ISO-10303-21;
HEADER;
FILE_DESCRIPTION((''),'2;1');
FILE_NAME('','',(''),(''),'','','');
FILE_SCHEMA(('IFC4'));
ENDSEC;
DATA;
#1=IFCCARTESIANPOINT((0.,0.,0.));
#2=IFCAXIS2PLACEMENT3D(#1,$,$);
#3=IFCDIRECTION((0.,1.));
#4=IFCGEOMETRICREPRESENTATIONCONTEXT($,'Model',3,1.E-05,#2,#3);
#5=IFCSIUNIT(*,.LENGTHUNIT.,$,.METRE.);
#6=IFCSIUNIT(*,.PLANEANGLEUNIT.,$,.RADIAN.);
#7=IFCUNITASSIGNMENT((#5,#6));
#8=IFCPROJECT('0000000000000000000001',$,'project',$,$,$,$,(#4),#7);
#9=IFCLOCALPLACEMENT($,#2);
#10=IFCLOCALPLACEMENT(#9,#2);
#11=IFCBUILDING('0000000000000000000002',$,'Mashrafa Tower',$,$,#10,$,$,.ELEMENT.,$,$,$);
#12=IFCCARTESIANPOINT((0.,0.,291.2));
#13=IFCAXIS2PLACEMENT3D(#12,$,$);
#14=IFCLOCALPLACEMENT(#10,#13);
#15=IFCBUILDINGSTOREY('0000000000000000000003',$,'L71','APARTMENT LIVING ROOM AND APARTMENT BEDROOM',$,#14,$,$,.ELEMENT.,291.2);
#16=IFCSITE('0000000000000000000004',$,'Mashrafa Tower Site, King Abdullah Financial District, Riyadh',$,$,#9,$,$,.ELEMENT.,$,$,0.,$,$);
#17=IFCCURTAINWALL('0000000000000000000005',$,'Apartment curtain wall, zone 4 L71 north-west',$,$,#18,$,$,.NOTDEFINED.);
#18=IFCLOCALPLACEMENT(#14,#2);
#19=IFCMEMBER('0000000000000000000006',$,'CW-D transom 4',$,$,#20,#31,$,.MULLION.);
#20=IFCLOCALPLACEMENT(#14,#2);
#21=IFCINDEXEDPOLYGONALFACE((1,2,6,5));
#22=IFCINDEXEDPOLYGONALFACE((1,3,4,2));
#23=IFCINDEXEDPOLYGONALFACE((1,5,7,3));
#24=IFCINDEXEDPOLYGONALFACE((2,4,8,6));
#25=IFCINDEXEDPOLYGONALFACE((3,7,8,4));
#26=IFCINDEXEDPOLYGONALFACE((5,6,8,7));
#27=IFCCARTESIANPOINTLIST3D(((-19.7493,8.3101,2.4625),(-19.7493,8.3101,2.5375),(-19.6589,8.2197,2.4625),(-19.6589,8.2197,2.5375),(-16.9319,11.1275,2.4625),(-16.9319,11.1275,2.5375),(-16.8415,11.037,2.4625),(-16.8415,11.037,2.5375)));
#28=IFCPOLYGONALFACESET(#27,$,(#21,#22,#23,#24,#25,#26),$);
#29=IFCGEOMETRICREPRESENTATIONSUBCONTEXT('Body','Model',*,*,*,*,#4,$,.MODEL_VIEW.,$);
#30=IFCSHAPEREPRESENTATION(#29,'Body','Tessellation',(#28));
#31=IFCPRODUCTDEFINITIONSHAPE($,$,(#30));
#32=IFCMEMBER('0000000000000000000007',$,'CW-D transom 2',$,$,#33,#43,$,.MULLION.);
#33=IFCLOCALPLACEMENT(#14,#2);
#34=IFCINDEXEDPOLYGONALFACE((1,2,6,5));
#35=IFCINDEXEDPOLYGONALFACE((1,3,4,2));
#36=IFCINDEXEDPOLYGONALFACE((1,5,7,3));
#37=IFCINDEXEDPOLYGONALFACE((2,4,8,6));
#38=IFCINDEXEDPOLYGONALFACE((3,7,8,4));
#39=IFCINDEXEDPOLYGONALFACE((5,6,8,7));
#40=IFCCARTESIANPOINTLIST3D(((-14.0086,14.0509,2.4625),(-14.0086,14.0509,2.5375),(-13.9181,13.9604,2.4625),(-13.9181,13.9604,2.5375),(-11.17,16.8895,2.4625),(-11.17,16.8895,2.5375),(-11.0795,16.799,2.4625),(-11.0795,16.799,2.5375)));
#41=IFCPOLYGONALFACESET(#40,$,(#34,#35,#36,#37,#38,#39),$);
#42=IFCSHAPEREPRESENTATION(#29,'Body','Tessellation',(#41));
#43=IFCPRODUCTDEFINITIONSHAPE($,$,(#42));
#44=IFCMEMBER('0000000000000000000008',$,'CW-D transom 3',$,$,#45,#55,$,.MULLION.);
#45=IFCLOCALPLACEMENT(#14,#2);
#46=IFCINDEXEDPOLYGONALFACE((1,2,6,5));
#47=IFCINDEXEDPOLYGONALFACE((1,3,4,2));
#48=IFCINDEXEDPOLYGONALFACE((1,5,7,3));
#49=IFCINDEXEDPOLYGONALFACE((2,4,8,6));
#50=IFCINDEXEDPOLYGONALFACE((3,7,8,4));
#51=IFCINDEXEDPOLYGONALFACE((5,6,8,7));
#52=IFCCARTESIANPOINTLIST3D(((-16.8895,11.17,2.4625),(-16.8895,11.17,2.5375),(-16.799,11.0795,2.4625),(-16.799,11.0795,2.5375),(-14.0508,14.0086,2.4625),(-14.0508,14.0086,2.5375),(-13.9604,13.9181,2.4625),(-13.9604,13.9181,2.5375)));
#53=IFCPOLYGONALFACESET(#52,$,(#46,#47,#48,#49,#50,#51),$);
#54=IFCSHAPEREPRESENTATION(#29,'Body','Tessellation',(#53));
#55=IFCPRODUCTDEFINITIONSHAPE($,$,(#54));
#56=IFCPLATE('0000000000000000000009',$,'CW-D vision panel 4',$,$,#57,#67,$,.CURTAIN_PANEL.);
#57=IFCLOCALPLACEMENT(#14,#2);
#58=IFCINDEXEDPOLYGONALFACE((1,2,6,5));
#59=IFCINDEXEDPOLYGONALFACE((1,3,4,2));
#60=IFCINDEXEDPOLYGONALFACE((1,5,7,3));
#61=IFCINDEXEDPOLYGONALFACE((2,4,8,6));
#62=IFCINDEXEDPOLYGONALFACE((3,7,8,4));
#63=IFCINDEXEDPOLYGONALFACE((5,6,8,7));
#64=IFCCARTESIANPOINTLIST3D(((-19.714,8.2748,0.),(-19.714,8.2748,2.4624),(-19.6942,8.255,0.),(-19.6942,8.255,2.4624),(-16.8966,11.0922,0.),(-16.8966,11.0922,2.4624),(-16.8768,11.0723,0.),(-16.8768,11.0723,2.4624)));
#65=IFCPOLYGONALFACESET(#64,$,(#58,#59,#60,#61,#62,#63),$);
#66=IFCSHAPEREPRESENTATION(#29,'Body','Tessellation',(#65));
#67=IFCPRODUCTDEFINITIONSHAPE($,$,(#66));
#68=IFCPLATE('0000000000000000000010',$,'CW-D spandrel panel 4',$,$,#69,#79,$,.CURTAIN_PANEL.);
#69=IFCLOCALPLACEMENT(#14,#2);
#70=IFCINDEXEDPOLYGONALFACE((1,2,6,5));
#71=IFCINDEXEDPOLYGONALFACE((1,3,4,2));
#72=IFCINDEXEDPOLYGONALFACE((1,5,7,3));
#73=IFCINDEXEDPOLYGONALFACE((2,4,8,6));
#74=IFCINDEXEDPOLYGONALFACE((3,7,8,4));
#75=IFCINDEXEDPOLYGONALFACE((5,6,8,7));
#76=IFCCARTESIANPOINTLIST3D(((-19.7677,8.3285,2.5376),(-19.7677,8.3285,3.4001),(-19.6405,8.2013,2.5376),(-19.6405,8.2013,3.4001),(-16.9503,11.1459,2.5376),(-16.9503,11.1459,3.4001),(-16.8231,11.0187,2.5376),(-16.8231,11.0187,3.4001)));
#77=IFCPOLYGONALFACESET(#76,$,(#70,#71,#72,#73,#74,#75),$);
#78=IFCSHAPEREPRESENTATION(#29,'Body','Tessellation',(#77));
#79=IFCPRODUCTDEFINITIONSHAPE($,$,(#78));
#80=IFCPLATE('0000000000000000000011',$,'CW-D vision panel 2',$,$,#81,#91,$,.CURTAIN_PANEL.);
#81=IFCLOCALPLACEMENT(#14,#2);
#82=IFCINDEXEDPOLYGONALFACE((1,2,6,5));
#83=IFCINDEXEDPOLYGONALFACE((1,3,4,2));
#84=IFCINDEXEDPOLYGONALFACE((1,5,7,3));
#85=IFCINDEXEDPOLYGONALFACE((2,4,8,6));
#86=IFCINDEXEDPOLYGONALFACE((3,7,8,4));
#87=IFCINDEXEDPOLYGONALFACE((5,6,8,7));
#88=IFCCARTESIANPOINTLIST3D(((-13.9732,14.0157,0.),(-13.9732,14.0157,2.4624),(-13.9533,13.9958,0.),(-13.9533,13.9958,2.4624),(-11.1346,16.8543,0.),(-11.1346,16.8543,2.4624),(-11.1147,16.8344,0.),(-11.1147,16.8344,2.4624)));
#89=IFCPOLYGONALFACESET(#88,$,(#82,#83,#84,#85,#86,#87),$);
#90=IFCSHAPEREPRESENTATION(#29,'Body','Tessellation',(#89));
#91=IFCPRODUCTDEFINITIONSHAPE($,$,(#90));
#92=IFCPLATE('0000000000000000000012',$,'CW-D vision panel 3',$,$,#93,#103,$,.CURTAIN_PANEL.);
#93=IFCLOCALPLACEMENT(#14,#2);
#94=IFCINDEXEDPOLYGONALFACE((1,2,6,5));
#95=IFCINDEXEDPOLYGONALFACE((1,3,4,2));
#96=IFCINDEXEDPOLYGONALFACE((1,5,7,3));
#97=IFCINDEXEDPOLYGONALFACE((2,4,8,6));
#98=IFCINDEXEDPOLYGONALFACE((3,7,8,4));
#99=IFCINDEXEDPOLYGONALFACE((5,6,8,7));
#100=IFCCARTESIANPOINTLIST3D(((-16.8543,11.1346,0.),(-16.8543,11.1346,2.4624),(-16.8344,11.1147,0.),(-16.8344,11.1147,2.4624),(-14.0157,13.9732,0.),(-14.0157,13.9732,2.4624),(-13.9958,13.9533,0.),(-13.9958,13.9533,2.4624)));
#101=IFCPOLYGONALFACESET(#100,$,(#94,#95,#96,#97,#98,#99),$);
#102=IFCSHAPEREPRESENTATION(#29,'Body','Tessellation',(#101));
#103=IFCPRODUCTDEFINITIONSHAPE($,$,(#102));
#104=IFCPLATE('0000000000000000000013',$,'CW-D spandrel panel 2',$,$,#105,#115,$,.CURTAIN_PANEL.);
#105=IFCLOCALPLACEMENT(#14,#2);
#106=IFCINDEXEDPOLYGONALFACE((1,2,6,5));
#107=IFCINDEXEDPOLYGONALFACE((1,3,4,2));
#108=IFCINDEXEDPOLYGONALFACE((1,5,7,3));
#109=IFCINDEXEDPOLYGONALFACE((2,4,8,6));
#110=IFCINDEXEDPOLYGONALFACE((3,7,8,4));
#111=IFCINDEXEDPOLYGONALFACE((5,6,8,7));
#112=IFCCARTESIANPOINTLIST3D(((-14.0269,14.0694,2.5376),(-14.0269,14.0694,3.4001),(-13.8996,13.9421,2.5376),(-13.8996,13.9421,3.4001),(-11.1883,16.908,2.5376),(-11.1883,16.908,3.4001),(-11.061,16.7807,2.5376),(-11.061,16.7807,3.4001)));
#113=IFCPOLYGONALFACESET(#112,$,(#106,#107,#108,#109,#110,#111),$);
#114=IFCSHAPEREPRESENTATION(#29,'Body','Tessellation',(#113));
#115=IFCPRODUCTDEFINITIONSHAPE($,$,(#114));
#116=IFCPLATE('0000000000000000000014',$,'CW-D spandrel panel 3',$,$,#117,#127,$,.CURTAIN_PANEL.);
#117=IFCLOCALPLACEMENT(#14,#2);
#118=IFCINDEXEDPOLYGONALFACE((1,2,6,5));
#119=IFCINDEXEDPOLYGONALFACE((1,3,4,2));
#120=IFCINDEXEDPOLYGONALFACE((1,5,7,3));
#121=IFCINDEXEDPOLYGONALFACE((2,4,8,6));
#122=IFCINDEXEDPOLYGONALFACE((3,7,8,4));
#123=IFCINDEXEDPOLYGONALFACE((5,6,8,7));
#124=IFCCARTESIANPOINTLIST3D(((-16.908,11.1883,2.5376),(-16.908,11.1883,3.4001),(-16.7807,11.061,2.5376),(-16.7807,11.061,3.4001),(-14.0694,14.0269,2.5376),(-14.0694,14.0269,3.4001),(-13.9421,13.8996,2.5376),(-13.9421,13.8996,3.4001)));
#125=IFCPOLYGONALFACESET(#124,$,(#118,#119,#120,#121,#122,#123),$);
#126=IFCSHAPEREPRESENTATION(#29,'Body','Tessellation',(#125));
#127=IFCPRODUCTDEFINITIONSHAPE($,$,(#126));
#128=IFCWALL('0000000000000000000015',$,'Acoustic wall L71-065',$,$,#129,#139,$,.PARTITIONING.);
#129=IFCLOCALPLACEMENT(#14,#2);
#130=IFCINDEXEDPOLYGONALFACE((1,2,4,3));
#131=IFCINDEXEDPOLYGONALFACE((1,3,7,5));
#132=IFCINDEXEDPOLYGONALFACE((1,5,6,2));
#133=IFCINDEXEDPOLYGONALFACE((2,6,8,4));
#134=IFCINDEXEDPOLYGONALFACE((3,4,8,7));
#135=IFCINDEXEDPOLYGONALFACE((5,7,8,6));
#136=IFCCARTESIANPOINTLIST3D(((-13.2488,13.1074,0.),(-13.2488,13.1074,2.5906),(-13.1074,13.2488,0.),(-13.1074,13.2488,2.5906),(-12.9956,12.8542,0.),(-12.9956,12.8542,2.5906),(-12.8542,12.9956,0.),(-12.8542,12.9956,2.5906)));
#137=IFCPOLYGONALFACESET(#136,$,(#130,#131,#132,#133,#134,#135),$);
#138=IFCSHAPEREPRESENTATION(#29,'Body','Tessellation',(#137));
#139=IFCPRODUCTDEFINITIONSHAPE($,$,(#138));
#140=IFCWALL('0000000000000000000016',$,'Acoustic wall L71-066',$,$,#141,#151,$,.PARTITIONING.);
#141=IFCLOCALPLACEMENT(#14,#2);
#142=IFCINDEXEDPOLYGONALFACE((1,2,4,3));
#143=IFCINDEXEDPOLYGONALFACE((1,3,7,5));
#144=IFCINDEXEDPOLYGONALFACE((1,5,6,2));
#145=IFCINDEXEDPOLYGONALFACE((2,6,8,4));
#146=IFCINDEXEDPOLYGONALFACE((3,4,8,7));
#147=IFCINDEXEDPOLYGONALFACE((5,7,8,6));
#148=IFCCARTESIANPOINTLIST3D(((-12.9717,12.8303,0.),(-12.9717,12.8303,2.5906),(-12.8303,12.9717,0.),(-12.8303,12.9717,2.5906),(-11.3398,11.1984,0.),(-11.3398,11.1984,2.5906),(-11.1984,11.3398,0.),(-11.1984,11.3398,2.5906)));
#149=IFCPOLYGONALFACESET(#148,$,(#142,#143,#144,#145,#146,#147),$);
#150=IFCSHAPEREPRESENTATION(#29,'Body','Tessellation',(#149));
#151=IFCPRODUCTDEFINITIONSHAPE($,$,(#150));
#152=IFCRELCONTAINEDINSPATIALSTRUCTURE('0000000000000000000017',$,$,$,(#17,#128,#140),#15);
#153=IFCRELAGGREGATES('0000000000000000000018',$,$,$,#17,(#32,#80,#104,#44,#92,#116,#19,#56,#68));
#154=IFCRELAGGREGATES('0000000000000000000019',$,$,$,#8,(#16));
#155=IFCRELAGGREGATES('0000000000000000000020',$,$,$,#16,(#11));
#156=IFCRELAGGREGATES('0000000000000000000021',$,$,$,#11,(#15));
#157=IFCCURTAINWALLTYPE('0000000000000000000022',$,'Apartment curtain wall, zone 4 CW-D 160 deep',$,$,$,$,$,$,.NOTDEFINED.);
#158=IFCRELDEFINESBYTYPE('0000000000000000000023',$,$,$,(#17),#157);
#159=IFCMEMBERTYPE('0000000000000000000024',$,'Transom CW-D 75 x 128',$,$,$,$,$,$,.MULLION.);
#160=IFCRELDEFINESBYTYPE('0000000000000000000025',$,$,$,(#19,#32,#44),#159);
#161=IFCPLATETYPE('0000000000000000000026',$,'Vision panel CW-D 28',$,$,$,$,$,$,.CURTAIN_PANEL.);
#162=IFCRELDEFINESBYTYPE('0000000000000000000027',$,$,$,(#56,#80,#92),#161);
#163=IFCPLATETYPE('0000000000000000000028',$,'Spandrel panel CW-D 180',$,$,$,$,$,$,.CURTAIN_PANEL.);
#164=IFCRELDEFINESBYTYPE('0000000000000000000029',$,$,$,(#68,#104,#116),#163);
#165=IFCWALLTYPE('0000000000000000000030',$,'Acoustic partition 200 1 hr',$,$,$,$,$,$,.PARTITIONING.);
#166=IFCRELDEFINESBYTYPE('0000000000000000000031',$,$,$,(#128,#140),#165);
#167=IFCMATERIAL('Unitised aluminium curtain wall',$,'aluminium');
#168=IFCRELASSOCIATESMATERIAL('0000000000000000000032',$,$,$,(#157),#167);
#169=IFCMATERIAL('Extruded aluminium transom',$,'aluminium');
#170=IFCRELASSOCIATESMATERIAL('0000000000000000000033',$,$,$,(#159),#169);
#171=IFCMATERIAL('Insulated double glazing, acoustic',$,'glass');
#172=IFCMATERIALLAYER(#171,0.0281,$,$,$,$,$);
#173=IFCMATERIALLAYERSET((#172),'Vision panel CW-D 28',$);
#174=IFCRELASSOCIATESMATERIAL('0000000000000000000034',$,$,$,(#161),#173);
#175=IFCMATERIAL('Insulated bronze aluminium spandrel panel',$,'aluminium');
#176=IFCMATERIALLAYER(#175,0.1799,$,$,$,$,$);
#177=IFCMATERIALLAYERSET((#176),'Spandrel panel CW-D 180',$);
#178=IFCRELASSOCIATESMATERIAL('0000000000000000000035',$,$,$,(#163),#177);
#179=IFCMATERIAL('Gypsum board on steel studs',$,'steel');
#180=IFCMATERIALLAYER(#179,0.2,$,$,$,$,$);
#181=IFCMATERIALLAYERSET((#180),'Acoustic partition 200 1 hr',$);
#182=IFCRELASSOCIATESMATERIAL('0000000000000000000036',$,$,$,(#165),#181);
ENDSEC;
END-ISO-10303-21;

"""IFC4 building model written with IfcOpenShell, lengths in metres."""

from ifc_helpers import new_model, si_unit, direction, frame, frame_2d, origin, origin_2d, place, context, subcontext, project, spatial, rectangle, extrude, source, transform, mapped, material, layer, layer_set, material_profile, profile_set, type_object, type_shapes, element, aggregate, save


model = new_model("IFC4")

# Units and contexts
model_context = context("Model", 3, precision=1e-05, world=origin(), true_north=direction((0.0, 1.0)))
body_context = subcontext(model_context, "Body", "Model", "MODEL_VIEW")
ifc_project = project(units=[si_unit("LENGTHUNIT", "METRE"), si_unit("PLANEANGLEUNIT", "RADIAN")], contexts=[model_context])

# Site, building, storey
site_placement = place(None, origin())
site = spatial("IfcSite", under=ifc_project, at=site_placement, Name="Mashrafa Tower Site, King Abdullah Financial District, Riyadh", CompositionType="ELEMENT", RefElevation=0.0)
building_placement = place(site_placement, origin())
building = spatial("IfcBuilding", under=site, at=building_placement, Name="Mashrafa Tower", CompositionType="ELEMENT")
storey_placement = place(building_placement, frame((0.0, 0.0, 291.2)))
storey = spatial("IfcBuildingStorey", under=building, at=storey_placement, Name="L71", Description="APARTMENT LIVING ROOM AND APARTMENT BEDROOM", CompositionType="ELEMENT", Elevation=291.2)

# Curtain wall, members, plates
ifc_material_1 = material(Name="Unitised aluminium curtain wall", Category="aluminium")
curtain_wall_type = type_object("IfcCurtainWallType", Name="Apartment curtain wall, zone 4 CW-D 160 deep", PredefinedType="NOTDEFINED", material=ifc_material_1)
curtain_wall_placement = place(storey_placement, origin())
curtain_wall = element("IfcCurtainWall", 1, at=curtain_wall_placement, inside=storey, type_object=curtain_wall_type, Name="Apartment curtain wall, zone 4 L71 north-west", PredefinedType="NOTDEFINED")
ifc_material_2 = material(Name="Extruded aluminium transom", Category="aluminium")
ifc_material_profile_1 = material_profile(ifc_material_2, rectangle(XDim=0.1279, YDim=0.075, at=origin_2d()), Name="Transom 75x128")
ifc_profile_set_1 = profile_set([ifc_material_profile_1], Name="Extruded aluminium transom")
member_type_1 = type_object("IfcMemberType", Name="Transom CW-D 75 x 128", PredefinedType="MULLION", material=ifc_profile_set_1)
shared_shape_1 = source(origin(), body_context, "Body", "SweptSolid", [
    extrude(rectangle(XDim=0.1279, YDim=0.075, at=origin_2d()), origin(), (0.0, 0.0, 1.0), 3.9844),
])
member_1_placement = place(storey_placement, frame((-16.8867, 11.0823, 2.5), z_axis=(-0.707107, -0.707107, 0.0), x_axis=(0.707107, -0.707107, 0.0)))
member_1 = element("IfcMember", 2, at=member_1_placement, type_object=member_type_1, Name="CW-D transom 4", PredefinedType="MULLION", context=body_context, shape_type="MappedRepresentation", body=[
    mapped(shared_shape_1, transform((0.0, 0.0, 0.0))),
])
shared_shape_2 = source(origin(), body_context, "Body", "SweptSolid", [
    extrude(rectangle(XDim=0.1279, YDim=0.075, at=origin_2d()), origin(), (0.0, 0.0, 1.0), 4.0144),
])
type_shapes(member_type_1, [shared_shape_1, shared_shape_2])
member_2_placement = place(storey_placement, frame((-11.1248, 16.8442, 2.5), z_axis=(-0.707107, -0.707107, 0.0), x_axis=(0.707107, -0.707107, 0.0)))
member_2 = element("IfcMember", 3, at=member_2_placement, type_object=member_type_1, Name="CW-D transom 2", PredefinedType="MULLION", context=body_context, shape_type="MappedRepresentation", body=[
    mapped(shared_shape_2, transform((0.0, 0.0, 0.0))),
])
member_3_placement = place(storey_placement, frame((-14.0056, 13.9634, 2.5), z_axis=(-0.707107, -0.707107, 0.0), x_axis=(0.707107, -0.707107, 0.0)))
member_3 = element("IfcMember", 4, at=member_3_placement, type_object=member_type_1, Name="CW-D transom 3", PredefinedType="MULLION", context=body_context, shape_type="MappedRepresentation", body=[
    mapped(shared_shape_2, transform((0.0, 0.0, 0.0))),
])
ifc_material_3 = material(Name="Insulated double glazing, acoustic", Category="glass")
ifc_layer_1 = layer(ifc_material_3, 0.0281)
ifc_layer_set_1 = layer_set([ifc_layer_1], Name="Vision panel CW-D 28")
plate_type_1 = type_object("IfcPlateType", Name="Vision panel CW-D 28", PredefinedType="CURTAIN_PANEL", material=ifc_layer_set_1)
shared_shape_3 = source(origin(), body_context, "Body", "SweptSolid", [
    extrude(rectangle(XDim=3.9844, YDim=0.0281, at=origin_2d()), origin(), (0.0, 0.0, 1.0), 2.4624),
])
plate_1_placement = place(storey_placement, frame((-18.2954, 9.6736, 0.0), z_axis=(0.0, 0.0, 1.0), x_axis=(-0.707107, -0.707107, 0.0)))
plate_1 = element("IfcPlate", 5, at=plate_1_placement, type_object=plate_type_1, Name="CW-D vision panel 4", PredefinedType="CURTAIN_PANEL", context=body_context, shape_type="MappedRepresentation", body=[
    mapped(shared_shape_3, transform((0.0, 0.0, 0.0))),
])
ifc_material_4 = material(Name="Insulated bronze aluminium spandrel panel", Category="aluminium")
ifc_layer_2 = layer(ifc_material_4, 0.1799)
ifc_layer_set_2 = layer_set([ifc_layer_2], Name="Spandrel panel CW-D 180")
plate_type_2 = type_object("IfcPlateType", Name="Spandrel panel CW-D 180", PredefinedType="CURTAIN_PANEL", material=ifc_layer_set_2)
shared_shape_4 = source(origin(), body_context, "Body", "SweptSolid", [
    extrude(rectangle(XDim=3.9844, YDim=0.1799, at=origin_2d()), origin(), (0.0, 0.0, 1.0), 0.8625),
])
plate_2_placement = place(storey_placement, frame((-18.2954, 9.6736, 2.5376), z_axis=(0.0, 0.0, 1.0), x_axis=(-0.707107, -0.707107, 0.0)))
plate_2 = element("IfcPlate", 6, at=plate_2_placement, type_object=plate_type_2, Name="CW-D spandrel panel 4", PredefinedType="CURTAIN_PANEL", context=body_context, shape_type="MappedRepresentation", body=[
    mapped(shared_shape_4, transform((0.0, 0.0, 0.0))),
])
shared_shape_5 = source(origin(), body_context, "Body", "SweptSolid", [
    extrude(rectangle(XDim=4.0144, YDim=0.0281, at=origin_2d()), origin(), (0.0, 0.0, 1.0), 2.4624),
])
type_shapes(plate_type_1, [shared_shape_3, shared_shape_5])
plate_3_placement = place(storey_placement, frame((-12.5439, 15.425, 0.0), z_axis=(0.0, 0.0, 1.0), x_axis=(-0.707107, -0.707107, 0.0)))
plate_3 = element("IfcPlate", 7, at=plate_3_placement, type_object=plate_type_1, Name="CW-D vision panel 2", PredefinedType="CURTAIN_PANEL", context=body_context, shape_type="MappedRepresentation", body=[
    mapped(shared_shape_5, transform((0.0, 0.0, 0.0))),
])
plate_4_placement = place(storey_placement, frame((-15.425, 12.5439, 0.0), z_axis=(0.0, 0.0, 1.0), x_axis=(-0.707107, -0.707107, 0.0)))
plate_4 = element("IfcPlate", 8, at=plate_4_placement, type_object=plate_type_1, Name="CW-D vision panel 3", PredefinedType="CURTAIN_PANEL", context=body_context, shape_type="MappedRepresentation", body=[
    mapped(shared_shape_5, transform((0.0, 0.0, 0.0))),
])
shared_shape_6 = source(origin(), body_context, "Body", "SweptSolid", [
    extrude(rectangle(XDim=4.0144, YDim=0.1799, at=origin_2d()), origin(), (0.0, 0.0, 1.0), 0.8625),
])
type_shapes(plate_type_2, [shared_shape_4, shared_shape_6])
plate_5_placement = place(storey_placement, frame((-12.5439, 15.425, 2.5376), z_axis=(0.0, 0.0, 1.0), x_axis=(-0.707107, -0.707107, 0.0)))
plate_5 = element("IfcPlate", 9, at=plate_5_placement, type_object=plate_type_2, Name="CW-D spandrel panel 2", PredefinedType="CURTAIN_PANEL", context=body_context, shape_type="MappedRepresentation", body=[
    mapped(shared_shape_6, transform((0.0, 0.0, 0.0))),
])
plate_6_placement = place(storey_placement, frame((-15.425, 12.5439, 2.5376), z_axis=(0.0, 0.0, 1.0), x_axis=(-0.707107, -0.707107, 0.0)))
plate_6 = element("IfcPlate", 10, at=plate_6_placement, type_object=plate_type_2, Name="CW-D spandrel panel 3", PredefinedType="CURTAIN_PANEL", context=body_context, shape_type="MappedRepresentation", body=[
    mapped(shared_shape_6, transform((0.0, 0.0, 0.0))),
])
aggregate(curtain_wall, [member_2, plate_3, plate_5, member_3, plate_4, plate_6, member_1, plate_1, plate_2])

# Walls
ifc_material_5 = material(Name="Gypsum board on steel studs", Category="steel")
ifc_layer_3 = layer(ifc_material_5, 0.2)
ifc_layer_set_3 = layer_set([ifc_layer_3], Name="Acoustic partition 200 1 hr")
wall_type_1 = type_object("IfcWallType", Name="Acoustic partition 200 1 hr", PredefinedType="PARTITIONING", material=ifc_layer_set_3)
wall_1_placement = place(storey_placement, frame((-13.1782, 13.1782, 0.0), z_axis=(0.0, 0.0, 1.0), x_axis=(0.707107, -0.707107, 0.0)))
element("IfcWall", 11, at=wall_1_placement, inside=storey, type_object=wall_type_1, Name="Acoustic wall L71-065", PredefinedType="PARTITIONING", context=body_context, shape_type="SweptSolid", body=[
    extrude(rectangle(XDim=0.3582, YDim=0.2, at=frame_2d((0.1792, 0.0))), origin(), (0.0, 0.0, 1.0), 2.5906),
])
wall_2_placement = place(storey_placement, frame((-12.9009, 12.9009, 0.0), z_axis=(0.0, 0.0, 1.0), x_axis=(0.707107, -0.707107, 0.0)))
element("IfcWall", 12, at=wall_2_placement, inside=storey, type_object=wall_type_1, Name="Acoustic wall L71-066", PredefinedType="PARTITIONING", context=body_context, shape_type="SweptSolid", body=[
    extrude(rectangle(XDim=2.3079, YDim=0.2, at=frame_2d((1.1538, 0.0))), origin(), (0.0, 0.0, 1.0), 2.5906),
])

save(model, "model.ifc")
